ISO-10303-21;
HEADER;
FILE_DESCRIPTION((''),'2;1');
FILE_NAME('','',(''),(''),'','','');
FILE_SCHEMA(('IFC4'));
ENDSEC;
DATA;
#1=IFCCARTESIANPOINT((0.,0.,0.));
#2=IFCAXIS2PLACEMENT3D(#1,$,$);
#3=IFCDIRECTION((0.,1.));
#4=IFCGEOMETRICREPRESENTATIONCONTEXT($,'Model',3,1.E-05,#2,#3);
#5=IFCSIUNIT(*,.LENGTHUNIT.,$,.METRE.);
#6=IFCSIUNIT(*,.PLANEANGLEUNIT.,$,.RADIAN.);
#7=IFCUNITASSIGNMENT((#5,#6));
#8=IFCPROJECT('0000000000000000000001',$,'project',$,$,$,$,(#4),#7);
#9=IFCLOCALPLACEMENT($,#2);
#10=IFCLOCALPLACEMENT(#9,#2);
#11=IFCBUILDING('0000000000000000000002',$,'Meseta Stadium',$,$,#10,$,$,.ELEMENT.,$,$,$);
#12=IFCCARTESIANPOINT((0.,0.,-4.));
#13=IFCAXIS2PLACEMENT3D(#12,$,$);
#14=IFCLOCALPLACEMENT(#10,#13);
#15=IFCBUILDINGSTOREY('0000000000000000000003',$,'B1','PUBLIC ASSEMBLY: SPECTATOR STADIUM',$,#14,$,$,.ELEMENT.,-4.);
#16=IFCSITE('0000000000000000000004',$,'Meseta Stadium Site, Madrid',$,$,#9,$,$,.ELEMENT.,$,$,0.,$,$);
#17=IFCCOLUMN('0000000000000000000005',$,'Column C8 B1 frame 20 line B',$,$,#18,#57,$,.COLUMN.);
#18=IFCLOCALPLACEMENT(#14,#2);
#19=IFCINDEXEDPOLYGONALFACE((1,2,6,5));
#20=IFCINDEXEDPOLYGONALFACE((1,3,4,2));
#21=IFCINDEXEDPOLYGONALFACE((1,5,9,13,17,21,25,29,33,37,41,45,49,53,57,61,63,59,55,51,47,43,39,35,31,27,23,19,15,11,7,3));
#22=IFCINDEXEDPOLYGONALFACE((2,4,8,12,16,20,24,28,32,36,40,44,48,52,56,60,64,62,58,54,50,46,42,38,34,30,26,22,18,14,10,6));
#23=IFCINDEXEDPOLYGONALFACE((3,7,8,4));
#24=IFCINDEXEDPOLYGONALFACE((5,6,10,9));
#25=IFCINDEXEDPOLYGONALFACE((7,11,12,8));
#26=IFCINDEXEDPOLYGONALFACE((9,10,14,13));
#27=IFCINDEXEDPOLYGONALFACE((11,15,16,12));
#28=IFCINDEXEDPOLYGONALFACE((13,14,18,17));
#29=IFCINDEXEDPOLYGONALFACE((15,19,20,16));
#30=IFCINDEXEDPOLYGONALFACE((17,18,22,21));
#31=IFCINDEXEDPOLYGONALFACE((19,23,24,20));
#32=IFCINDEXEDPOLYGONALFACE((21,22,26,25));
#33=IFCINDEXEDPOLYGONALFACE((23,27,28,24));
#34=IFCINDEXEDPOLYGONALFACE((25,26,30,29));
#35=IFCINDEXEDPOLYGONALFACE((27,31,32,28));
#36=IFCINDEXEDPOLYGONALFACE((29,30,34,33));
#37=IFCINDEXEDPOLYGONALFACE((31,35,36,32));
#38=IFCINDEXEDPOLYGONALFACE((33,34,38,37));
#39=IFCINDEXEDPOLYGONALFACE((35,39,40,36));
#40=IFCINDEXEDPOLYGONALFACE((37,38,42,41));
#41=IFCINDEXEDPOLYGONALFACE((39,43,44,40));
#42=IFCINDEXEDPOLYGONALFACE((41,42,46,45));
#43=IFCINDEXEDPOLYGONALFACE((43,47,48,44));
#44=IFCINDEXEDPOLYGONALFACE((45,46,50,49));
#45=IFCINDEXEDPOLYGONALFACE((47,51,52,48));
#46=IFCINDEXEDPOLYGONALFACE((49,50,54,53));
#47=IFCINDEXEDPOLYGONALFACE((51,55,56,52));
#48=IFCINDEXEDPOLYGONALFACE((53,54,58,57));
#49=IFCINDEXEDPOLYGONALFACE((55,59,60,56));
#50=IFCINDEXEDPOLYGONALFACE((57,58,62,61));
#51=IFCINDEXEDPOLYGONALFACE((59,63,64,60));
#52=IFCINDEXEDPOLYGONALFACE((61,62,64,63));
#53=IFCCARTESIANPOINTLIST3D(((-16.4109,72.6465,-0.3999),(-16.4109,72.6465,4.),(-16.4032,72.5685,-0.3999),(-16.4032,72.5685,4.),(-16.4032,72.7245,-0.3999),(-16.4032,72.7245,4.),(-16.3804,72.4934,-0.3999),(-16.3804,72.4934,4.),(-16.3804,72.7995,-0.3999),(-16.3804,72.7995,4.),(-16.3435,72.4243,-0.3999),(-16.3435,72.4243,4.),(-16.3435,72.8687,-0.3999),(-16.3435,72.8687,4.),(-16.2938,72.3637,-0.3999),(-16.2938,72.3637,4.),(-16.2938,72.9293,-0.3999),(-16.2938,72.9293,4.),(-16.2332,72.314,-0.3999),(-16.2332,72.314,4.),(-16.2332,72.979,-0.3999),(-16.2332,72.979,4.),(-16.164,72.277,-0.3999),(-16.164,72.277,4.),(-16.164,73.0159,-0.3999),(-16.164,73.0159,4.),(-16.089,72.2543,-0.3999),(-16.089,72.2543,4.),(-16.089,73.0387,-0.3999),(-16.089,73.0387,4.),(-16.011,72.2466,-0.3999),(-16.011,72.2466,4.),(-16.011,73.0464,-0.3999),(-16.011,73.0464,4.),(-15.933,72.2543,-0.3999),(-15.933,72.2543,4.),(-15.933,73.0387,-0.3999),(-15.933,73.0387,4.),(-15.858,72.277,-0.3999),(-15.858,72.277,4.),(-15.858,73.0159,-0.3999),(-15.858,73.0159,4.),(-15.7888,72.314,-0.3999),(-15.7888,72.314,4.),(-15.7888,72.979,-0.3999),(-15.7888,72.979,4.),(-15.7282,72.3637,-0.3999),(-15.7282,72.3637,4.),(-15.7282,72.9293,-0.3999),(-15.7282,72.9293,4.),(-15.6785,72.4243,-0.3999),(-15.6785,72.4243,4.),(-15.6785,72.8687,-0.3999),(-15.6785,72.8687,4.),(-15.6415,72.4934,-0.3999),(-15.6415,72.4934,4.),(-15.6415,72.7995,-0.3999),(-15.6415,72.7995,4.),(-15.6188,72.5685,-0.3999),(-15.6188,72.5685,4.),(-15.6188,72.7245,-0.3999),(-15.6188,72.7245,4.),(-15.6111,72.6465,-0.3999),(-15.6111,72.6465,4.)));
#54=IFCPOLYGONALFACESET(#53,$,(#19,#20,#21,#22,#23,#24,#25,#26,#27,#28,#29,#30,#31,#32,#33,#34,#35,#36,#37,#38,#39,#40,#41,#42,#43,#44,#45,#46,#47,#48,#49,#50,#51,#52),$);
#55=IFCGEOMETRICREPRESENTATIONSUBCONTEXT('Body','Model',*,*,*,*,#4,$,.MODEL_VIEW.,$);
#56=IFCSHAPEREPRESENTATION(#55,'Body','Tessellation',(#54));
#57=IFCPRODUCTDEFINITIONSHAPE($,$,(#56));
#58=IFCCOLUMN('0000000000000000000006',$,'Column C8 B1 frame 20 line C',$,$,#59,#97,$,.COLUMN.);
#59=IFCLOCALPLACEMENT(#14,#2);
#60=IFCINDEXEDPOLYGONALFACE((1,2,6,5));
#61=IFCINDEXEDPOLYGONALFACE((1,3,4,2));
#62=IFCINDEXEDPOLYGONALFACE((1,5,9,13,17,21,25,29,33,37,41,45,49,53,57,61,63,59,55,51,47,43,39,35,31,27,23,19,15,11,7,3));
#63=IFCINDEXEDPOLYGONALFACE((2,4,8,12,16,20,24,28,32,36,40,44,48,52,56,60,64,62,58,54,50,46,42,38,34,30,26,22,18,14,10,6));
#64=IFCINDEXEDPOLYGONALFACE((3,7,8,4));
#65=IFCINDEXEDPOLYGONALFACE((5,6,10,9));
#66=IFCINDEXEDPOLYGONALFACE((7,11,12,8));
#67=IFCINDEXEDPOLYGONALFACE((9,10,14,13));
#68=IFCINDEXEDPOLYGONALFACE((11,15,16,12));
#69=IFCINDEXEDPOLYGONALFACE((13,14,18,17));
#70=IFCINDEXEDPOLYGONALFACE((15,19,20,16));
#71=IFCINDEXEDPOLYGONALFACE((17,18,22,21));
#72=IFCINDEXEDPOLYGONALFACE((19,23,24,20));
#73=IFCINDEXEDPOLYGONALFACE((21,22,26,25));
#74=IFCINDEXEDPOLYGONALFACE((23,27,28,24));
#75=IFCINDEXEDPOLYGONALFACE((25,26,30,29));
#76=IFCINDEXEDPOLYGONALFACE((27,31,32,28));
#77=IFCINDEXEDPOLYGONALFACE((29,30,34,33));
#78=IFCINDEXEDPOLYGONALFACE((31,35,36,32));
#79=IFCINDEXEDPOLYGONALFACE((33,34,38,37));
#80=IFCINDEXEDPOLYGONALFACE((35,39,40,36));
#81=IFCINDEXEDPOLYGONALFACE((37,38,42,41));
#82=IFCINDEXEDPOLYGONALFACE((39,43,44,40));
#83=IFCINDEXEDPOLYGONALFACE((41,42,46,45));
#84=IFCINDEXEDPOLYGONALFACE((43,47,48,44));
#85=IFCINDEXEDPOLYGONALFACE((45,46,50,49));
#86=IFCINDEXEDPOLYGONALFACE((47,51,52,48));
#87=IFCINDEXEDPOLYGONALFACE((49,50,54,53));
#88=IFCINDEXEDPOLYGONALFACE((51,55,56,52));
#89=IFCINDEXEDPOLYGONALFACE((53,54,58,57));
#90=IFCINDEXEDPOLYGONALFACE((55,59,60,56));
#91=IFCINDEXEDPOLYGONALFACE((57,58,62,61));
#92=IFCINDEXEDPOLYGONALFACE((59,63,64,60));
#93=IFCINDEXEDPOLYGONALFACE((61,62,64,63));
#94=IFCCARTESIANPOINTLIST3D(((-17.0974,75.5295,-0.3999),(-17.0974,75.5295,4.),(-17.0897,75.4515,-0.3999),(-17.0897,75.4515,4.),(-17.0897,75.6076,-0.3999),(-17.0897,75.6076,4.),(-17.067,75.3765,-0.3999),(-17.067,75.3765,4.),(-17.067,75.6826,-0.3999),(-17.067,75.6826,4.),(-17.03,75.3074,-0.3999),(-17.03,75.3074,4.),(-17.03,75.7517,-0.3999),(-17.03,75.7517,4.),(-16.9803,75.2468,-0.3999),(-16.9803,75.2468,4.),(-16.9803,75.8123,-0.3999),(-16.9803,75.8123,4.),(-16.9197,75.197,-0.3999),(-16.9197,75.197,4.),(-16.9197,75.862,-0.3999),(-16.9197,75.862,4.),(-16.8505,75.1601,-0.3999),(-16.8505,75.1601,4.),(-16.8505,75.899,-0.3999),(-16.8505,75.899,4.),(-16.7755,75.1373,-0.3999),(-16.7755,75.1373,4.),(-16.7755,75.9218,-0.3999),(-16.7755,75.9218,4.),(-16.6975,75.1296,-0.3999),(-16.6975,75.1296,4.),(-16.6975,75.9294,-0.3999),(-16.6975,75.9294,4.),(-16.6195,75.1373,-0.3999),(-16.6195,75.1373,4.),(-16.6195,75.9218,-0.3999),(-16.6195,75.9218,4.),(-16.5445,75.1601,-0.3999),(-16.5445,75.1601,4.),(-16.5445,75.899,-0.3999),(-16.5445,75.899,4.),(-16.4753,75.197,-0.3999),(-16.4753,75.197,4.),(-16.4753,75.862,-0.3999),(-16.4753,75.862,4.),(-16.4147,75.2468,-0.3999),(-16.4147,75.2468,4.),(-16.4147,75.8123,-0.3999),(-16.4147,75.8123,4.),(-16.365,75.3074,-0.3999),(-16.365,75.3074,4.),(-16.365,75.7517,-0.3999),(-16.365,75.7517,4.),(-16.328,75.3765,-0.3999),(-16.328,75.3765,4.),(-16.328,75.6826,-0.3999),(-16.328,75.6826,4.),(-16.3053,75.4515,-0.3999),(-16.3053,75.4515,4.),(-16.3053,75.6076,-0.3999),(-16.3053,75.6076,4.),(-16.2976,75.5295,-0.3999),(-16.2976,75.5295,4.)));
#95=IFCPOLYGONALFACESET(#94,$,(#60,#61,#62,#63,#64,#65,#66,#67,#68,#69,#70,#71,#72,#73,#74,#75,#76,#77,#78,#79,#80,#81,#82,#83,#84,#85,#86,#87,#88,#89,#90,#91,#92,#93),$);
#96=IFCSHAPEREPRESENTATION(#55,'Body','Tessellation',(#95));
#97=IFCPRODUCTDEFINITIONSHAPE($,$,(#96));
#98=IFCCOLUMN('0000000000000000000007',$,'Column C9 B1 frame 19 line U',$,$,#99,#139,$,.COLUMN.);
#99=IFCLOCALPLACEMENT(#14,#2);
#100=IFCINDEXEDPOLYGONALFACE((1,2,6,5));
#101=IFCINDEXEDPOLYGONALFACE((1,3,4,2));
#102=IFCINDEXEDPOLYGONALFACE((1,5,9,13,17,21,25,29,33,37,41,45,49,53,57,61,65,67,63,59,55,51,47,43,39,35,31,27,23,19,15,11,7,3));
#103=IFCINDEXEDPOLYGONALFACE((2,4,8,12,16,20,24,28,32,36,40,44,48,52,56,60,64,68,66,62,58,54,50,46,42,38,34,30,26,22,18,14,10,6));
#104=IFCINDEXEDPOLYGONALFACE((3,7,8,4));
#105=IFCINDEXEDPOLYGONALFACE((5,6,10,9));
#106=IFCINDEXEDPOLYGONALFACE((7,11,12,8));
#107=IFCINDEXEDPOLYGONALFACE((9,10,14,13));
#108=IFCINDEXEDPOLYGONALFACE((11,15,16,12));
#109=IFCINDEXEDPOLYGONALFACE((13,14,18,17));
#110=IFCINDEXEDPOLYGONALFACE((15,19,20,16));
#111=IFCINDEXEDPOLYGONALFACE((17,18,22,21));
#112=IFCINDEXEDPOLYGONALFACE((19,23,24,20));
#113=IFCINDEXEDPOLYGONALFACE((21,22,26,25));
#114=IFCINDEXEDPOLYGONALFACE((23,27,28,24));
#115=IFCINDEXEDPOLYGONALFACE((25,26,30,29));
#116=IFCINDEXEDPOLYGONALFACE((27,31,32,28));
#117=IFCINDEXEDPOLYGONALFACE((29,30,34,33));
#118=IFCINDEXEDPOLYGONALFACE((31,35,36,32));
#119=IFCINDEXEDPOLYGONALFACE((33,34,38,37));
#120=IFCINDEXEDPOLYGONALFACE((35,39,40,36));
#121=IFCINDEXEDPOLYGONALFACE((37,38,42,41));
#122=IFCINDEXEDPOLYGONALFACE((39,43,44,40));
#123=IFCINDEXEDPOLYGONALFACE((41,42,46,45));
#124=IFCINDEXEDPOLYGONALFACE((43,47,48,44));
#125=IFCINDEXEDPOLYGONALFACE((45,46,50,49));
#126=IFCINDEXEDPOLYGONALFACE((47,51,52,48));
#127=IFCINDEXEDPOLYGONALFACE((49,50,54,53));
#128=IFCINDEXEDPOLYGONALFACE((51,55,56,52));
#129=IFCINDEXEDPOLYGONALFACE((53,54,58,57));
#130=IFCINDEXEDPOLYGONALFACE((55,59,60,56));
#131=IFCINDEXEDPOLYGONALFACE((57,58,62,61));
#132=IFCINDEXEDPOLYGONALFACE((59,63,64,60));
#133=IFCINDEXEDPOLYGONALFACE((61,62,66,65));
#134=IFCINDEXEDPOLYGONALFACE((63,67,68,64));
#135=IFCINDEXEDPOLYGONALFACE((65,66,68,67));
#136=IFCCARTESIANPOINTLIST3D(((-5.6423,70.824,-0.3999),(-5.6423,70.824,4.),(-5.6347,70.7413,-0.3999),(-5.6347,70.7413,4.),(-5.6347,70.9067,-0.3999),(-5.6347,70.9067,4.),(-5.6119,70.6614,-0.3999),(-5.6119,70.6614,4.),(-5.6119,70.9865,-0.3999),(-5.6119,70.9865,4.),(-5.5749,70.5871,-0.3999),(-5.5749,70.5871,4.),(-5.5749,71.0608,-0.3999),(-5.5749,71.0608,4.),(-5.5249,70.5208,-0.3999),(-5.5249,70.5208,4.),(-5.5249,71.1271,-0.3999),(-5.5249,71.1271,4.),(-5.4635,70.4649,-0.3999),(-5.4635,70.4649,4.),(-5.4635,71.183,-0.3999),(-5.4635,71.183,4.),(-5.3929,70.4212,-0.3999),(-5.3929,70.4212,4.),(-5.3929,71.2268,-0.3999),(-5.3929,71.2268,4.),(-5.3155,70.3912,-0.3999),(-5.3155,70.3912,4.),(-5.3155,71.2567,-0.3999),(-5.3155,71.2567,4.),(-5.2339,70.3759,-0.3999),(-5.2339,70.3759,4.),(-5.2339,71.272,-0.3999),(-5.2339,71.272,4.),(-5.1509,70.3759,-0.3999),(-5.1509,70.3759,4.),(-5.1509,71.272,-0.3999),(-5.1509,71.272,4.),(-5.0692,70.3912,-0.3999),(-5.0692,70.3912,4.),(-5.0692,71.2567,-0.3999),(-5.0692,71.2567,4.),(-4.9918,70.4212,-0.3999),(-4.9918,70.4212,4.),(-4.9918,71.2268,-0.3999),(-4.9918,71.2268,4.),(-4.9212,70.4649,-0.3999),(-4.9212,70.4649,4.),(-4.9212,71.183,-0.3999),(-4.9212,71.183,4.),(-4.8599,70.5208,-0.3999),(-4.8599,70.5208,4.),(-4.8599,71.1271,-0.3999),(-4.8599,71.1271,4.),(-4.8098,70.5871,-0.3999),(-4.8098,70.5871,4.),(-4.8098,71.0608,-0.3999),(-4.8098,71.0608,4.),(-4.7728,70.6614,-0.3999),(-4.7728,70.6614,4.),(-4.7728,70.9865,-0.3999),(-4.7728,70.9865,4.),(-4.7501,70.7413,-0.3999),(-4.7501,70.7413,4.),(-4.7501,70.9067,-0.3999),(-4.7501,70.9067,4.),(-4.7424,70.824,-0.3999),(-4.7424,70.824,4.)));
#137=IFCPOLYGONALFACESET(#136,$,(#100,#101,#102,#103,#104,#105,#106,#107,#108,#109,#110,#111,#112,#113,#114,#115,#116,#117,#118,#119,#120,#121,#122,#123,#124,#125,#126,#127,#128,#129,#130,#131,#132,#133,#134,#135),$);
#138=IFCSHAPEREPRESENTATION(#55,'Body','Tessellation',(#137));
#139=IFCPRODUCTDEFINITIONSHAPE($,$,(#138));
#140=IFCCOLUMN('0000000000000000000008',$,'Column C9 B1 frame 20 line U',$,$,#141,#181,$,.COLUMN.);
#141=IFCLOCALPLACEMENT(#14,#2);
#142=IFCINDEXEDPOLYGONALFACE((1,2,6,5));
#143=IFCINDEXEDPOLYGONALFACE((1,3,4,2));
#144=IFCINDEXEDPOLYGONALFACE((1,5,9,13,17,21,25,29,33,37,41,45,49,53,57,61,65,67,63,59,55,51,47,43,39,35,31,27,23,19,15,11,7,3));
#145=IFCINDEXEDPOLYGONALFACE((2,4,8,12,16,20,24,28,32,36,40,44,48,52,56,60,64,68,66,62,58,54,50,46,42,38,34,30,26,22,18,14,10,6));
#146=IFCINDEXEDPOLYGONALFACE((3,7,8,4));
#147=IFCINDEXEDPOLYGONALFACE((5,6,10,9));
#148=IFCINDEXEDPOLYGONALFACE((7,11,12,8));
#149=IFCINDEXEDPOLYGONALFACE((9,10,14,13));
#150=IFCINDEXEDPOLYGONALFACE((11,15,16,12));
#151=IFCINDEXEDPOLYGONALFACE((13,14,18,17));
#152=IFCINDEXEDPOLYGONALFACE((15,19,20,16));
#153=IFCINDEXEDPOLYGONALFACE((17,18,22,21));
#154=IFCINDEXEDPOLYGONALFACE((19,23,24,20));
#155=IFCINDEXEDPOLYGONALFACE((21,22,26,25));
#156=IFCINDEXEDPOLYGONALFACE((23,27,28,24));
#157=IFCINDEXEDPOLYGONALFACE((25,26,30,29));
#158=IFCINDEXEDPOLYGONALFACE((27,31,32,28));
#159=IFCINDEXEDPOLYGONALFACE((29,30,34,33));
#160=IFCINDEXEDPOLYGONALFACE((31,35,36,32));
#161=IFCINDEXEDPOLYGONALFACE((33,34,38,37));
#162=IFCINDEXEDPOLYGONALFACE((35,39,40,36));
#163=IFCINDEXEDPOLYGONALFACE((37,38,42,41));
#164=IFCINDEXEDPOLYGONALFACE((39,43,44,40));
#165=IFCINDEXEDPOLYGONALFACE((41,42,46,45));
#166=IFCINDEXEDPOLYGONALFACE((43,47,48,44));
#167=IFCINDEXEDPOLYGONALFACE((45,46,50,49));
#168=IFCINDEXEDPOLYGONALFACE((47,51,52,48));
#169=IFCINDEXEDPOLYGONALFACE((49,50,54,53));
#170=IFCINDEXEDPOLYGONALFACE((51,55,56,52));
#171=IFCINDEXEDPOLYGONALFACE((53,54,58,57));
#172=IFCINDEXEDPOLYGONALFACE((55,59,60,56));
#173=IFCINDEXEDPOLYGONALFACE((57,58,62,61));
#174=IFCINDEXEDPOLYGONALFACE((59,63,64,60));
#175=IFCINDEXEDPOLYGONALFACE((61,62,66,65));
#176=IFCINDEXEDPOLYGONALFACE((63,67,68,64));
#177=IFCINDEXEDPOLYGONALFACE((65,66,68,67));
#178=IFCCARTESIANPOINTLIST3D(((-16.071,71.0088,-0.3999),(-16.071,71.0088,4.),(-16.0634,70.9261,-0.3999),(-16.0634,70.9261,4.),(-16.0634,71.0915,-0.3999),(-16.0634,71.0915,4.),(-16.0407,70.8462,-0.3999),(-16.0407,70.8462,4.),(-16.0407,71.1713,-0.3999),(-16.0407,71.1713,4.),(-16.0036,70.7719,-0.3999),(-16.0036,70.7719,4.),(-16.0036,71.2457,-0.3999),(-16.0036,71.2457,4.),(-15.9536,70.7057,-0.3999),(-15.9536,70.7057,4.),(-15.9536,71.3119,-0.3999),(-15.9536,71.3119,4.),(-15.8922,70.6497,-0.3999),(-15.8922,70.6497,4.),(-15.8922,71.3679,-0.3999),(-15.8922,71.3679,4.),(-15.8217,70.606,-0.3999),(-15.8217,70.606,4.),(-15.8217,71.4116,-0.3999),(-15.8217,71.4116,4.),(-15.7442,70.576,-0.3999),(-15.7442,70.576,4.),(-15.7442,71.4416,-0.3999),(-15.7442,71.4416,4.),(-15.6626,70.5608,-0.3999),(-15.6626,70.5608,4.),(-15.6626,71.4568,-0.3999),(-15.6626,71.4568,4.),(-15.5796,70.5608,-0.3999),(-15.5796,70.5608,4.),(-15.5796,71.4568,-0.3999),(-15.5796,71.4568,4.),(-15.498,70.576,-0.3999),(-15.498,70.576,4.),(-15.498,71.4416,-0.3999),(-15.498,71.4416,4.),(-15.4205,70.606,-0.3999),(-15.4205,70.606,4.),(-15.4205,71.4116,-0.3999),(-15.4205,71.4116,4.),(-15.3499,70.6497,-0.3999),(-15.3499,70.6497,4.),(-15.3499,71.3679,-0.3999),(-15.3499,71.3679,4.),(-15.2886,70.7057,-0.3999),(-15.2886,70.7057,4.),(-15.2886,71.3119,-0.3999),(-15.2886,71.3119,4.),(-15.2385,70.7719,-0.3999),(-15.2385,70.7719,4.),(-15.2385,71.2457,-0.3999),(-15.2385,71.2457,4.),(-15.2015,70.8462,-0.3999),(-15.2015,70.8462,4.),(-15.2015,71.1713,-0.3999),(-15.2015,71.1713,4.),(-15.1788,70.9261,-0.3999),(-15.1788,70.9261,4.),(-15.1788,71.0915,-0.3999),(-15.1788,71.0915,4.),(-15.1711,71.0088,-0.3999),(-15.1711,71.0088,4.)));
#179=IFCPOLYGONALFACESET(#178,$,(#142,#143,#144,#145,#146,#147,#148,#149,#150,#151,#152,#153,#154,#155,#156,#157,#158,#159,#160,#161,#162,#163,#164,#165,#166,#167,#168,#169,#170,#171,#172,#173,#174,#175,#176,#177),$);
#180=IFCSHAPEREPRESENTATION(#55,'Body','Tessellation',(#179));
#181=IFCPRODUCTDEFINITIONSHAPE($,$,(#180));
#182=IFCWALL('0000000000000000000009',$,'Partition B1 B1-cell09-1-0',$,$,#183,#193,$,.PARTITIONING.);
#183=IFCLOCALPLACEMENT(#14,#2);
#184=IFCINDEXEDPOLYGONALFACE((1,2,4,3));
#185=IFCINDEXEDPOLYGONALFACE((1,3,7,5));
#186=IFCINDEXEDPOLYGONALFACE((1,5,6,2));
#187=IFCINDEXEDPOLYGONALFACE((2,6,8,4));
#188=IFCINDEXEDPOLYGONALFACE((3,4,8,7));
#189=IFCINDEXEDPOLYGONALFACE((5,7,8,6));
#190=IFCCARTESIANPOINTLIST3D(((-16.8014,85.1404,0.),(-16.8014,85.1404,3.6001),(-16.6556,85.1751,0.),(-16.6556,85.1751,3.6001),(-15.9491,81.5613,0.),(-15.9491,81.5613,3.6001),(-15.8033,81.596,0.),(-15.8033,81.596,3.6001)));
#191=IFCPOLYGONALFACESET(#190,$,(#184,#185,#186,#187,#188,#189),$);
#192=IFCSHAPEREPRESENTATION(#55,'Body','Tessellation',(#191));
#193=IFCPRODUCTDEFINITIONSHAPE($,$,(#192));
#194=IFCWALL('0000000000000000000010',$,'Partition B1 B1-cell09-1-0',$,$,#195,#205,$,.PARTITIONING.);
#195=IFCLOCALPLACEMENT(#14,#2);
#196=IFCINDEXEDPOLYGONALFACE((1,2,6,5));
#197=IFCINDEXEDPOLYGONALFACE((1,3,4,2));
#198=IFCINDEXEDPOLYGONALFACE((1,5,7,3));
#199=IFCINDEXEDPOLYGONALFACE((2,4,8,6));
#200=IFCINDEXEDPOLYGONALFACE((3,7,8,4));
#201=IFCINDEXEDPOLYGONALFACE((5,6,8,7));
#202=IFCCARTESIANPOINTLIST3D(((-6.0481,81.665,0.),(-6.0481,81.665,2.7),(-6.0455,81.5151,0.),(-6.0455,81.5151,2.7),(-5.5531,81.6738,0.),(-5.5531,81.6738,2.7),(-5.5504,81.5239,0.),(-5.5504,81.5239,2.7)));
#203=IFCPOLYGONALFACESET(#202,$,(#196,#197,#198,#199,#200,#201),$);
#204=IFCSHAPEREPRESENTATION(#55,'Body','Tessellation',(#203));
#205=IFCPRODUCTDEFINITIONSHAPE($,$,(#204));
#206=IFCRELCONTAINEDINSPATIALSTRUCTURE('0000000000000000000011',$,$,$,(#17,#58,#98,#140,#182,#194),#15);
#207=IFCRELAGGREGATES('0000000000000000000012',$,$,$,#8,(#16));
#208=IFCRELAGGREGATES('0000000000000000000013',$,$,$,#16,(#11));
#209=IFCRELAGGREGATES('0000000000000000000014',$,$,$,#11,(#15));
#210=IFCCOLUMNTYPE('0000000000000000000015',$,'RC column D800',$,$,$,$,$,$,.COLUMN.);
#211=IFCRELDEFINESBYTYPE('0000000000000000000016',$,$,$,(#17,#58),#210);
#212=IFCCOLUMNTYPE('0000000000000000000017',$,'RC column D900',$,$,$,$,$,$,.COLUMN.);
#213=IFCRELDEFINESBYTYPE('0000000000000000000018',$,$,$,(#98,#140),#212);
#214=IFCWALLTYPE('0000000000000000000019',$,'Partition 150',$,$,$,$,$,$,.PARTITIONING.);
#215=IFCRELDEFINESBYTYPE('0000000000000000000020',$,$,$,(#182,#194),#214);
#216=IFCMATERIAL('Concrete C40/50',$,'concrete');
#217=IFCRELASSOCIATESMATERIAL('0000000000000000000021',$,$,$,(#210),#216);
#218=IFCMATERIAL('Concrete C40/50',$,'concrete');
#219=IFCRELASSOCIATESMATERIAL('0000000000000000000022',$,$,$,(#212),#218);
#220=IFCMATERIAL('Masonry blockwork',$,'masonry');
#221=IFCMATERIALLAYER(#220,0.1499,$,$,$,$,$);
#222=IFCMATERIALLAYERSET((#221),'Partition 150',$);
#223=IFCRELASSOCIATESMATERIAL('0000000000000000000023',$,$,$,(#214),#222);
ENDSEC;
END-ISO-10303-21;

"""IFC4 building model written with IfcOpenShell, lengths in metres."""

from ifc_helpers import new_model, si_unit, direction, frame, frame_2d, origin, origin_2d, place, context, subcontext, project, spatial, rectangle, circle, extrude, material, layer, layer_set, material_profile, profile_set, type_object, element, save


model = new_model("IFC4")

# Units and contexts
model_context = context("Model", 3, precision=1e-05, world=origin(), true_north=direction((0.0, 1.0)))
body_context = subcontext(model_context, "Body", "Model", "MODEL_VIEW")
ifc_project = project(units=[si_unit("LENGTHUNIT", "METRE"), si_unit("PLANEANGLEUNIT", "RADIAN")], contexts=[model_context])

# Site, building, storey
site_placement = place(None, origin())
site = spatial("IfcSite", under=ifc_project, at=site_placement, Name="Meseta Stadium Site, Madrid", CompositionType="ELEMENT", RefElevation=0.0)
building_placement = place(site_placement, origin())
building = spatial("IfcBuilding", under=site, at=building_placement, Name="Meseta Stadium", CompositionType="ELEMENT")
storey_placement = place(building_placement, frame((0.0, 0.0, -4.0)))
storey = spatial("IfcBuildingStorey", under=building, at=storey_placement, Name="B1", Description="PUBLIC ASSEMBLY: SPECTATOR STADIUM", CompositionType="ELEMENT", Elevation=-4.0)

# Columns
ifc_material_1 = material(Name="Concrete C40/50", Category="concrete")
ifc_material_profile_1 = material_profile(ifc_material_1, circle(Radius=0.3999, at=origin_2d()), Name="RC D800")
ifc_profile_set_1 = profile_set([ifc_material_profile_1], Name="Concrete C40/50")
column_type_1 = type_object("IfcColumnType", Name="RC column D800", PredefinedType="COLUMN", material=ifc_profile_set_1)
for number, where, z_axis, x_axis, name in (
    (1, (-16.011, 72.6465, -0.3999), (0.0, 0.0, 1.0), (1.0, 0.0, 0.0), "Column C8 B1 frame 20 line B"),
    (2, (-16.6975, 75.5295, -0.3999), (0.0, 0.0, 1.0), (1.0, 0.0, 0.0), "Column C8 B1 frame 20 line C"),
):
    element("IfcColumn", number, at=place(storey_placement, frame(where, z_axis=z_axis, x_axis=x_axis)), inside=storey, type_object=column_type_1, Name=name, PredefinedType="COLUMN", context=body_context, shape_type="SweptSolid", body=[
        extrude(circle(Radius=0.3999, at=origin_2d()), origin(), (0.0, 0.0, 1.0), 4.3999),
    ])
ifc_material_2 = material(Name="Concrete C40/50", Category="concrete")
ifc_material_profile_2 = material_profile(ifc_material_2, circle(Radius=0.45, at=origin_2d()), Name="RC D900")
ifc_profile_set_2 = profile_set([ifc_material_profile_2], Name="Concrete C40/50")
column_type_2 = type_object("IfcColumnType", Name="RC column D900", PredefinedType="COLUMN", material=ifc_profile_set_2)
for number, where, z_axis, x_axis, name in (
    (3, (-5.1924, 70.824, -0.3999), (0.0, 0.0, 1.0), (1.0, 0.0, 0.0), "Column C9 B1 frame 19 line U"),
    (4, (-15.6211, 71.0088, -0.3999), (0.0, 0.0, 1.0), (1.0, 0.0, 0.0), "Column C9 B1 frame 20 line U"),
):
    element("IfcColumn", number, at=place(storey_placement, frame(where, z_axis=z_axis, x_axis=x_axis)), inside=storey, type_object=column_type_2, Name=name, PredefinedType="COLUMN", context=body_context, shape_type="SweptSolid", body=[
        extrude(circle(Radius=0.45, at=origin_2d()), origin(), (0.0, 0.0, 1.0), 4.3999),
    ])

# Walls
ifc_material_3 = material(Name="Masonry blockwork", Category="masonry")
ifc_layer = layer(ifc_material_3, 0.1499)
ifc_layer_set = layer_set([ifc_layer], Name="Partition 150")
wall_type = type_object("IfcWallType", Name="Partition 150", PredefinedType="PARTITIONING", material=ifc_layer_set)
wall_1_placement = place(storey_placement, frame((-15.8762, 81.5786, 0.0), z_axis=(0.0, 0.0, 1.0), x_axis=(-0.231653, 0.972798, 0.0)))
element("IfcWall", 5, at=wall_1_placement, inside=storey, type_object=wall_type, Name="Partition B1 B1-cell09-1-0", PredefinedType="PARTITIONING", context=body_context, shape_type="SweptSolid", body=[
    extrude(rectangle(XDim=3.6792, YDim=0.1499, at=frame_2d((1.8396, 0.0))), origin(), (0.0, 0.0, 1.0), 3.6001),
])
wall_2_placement = place(storey_placement, frame((-5.5518, 81.5989, 0.0), z_axis=(0.0, 0.0, 1.0), x_axis=(-0.999842, -0.017749, 0.0)))
element("IfcWall", 6, at=wall_2_placement, inside=storey, type_object=wall_type, Name="Partition B1 B1-cell09-1-0", PredefinedType="PARTITIONING", context=body_context, shape_type="SweptSolid", body=[
    extrude(rectangle(XDim=0.4951, YDim=0.1499, at=frame_2d((0.2476, 0.0))), origin(), (0.0, 0.0, 1.0), 2.7),
])

save(model, "model.ifc")
